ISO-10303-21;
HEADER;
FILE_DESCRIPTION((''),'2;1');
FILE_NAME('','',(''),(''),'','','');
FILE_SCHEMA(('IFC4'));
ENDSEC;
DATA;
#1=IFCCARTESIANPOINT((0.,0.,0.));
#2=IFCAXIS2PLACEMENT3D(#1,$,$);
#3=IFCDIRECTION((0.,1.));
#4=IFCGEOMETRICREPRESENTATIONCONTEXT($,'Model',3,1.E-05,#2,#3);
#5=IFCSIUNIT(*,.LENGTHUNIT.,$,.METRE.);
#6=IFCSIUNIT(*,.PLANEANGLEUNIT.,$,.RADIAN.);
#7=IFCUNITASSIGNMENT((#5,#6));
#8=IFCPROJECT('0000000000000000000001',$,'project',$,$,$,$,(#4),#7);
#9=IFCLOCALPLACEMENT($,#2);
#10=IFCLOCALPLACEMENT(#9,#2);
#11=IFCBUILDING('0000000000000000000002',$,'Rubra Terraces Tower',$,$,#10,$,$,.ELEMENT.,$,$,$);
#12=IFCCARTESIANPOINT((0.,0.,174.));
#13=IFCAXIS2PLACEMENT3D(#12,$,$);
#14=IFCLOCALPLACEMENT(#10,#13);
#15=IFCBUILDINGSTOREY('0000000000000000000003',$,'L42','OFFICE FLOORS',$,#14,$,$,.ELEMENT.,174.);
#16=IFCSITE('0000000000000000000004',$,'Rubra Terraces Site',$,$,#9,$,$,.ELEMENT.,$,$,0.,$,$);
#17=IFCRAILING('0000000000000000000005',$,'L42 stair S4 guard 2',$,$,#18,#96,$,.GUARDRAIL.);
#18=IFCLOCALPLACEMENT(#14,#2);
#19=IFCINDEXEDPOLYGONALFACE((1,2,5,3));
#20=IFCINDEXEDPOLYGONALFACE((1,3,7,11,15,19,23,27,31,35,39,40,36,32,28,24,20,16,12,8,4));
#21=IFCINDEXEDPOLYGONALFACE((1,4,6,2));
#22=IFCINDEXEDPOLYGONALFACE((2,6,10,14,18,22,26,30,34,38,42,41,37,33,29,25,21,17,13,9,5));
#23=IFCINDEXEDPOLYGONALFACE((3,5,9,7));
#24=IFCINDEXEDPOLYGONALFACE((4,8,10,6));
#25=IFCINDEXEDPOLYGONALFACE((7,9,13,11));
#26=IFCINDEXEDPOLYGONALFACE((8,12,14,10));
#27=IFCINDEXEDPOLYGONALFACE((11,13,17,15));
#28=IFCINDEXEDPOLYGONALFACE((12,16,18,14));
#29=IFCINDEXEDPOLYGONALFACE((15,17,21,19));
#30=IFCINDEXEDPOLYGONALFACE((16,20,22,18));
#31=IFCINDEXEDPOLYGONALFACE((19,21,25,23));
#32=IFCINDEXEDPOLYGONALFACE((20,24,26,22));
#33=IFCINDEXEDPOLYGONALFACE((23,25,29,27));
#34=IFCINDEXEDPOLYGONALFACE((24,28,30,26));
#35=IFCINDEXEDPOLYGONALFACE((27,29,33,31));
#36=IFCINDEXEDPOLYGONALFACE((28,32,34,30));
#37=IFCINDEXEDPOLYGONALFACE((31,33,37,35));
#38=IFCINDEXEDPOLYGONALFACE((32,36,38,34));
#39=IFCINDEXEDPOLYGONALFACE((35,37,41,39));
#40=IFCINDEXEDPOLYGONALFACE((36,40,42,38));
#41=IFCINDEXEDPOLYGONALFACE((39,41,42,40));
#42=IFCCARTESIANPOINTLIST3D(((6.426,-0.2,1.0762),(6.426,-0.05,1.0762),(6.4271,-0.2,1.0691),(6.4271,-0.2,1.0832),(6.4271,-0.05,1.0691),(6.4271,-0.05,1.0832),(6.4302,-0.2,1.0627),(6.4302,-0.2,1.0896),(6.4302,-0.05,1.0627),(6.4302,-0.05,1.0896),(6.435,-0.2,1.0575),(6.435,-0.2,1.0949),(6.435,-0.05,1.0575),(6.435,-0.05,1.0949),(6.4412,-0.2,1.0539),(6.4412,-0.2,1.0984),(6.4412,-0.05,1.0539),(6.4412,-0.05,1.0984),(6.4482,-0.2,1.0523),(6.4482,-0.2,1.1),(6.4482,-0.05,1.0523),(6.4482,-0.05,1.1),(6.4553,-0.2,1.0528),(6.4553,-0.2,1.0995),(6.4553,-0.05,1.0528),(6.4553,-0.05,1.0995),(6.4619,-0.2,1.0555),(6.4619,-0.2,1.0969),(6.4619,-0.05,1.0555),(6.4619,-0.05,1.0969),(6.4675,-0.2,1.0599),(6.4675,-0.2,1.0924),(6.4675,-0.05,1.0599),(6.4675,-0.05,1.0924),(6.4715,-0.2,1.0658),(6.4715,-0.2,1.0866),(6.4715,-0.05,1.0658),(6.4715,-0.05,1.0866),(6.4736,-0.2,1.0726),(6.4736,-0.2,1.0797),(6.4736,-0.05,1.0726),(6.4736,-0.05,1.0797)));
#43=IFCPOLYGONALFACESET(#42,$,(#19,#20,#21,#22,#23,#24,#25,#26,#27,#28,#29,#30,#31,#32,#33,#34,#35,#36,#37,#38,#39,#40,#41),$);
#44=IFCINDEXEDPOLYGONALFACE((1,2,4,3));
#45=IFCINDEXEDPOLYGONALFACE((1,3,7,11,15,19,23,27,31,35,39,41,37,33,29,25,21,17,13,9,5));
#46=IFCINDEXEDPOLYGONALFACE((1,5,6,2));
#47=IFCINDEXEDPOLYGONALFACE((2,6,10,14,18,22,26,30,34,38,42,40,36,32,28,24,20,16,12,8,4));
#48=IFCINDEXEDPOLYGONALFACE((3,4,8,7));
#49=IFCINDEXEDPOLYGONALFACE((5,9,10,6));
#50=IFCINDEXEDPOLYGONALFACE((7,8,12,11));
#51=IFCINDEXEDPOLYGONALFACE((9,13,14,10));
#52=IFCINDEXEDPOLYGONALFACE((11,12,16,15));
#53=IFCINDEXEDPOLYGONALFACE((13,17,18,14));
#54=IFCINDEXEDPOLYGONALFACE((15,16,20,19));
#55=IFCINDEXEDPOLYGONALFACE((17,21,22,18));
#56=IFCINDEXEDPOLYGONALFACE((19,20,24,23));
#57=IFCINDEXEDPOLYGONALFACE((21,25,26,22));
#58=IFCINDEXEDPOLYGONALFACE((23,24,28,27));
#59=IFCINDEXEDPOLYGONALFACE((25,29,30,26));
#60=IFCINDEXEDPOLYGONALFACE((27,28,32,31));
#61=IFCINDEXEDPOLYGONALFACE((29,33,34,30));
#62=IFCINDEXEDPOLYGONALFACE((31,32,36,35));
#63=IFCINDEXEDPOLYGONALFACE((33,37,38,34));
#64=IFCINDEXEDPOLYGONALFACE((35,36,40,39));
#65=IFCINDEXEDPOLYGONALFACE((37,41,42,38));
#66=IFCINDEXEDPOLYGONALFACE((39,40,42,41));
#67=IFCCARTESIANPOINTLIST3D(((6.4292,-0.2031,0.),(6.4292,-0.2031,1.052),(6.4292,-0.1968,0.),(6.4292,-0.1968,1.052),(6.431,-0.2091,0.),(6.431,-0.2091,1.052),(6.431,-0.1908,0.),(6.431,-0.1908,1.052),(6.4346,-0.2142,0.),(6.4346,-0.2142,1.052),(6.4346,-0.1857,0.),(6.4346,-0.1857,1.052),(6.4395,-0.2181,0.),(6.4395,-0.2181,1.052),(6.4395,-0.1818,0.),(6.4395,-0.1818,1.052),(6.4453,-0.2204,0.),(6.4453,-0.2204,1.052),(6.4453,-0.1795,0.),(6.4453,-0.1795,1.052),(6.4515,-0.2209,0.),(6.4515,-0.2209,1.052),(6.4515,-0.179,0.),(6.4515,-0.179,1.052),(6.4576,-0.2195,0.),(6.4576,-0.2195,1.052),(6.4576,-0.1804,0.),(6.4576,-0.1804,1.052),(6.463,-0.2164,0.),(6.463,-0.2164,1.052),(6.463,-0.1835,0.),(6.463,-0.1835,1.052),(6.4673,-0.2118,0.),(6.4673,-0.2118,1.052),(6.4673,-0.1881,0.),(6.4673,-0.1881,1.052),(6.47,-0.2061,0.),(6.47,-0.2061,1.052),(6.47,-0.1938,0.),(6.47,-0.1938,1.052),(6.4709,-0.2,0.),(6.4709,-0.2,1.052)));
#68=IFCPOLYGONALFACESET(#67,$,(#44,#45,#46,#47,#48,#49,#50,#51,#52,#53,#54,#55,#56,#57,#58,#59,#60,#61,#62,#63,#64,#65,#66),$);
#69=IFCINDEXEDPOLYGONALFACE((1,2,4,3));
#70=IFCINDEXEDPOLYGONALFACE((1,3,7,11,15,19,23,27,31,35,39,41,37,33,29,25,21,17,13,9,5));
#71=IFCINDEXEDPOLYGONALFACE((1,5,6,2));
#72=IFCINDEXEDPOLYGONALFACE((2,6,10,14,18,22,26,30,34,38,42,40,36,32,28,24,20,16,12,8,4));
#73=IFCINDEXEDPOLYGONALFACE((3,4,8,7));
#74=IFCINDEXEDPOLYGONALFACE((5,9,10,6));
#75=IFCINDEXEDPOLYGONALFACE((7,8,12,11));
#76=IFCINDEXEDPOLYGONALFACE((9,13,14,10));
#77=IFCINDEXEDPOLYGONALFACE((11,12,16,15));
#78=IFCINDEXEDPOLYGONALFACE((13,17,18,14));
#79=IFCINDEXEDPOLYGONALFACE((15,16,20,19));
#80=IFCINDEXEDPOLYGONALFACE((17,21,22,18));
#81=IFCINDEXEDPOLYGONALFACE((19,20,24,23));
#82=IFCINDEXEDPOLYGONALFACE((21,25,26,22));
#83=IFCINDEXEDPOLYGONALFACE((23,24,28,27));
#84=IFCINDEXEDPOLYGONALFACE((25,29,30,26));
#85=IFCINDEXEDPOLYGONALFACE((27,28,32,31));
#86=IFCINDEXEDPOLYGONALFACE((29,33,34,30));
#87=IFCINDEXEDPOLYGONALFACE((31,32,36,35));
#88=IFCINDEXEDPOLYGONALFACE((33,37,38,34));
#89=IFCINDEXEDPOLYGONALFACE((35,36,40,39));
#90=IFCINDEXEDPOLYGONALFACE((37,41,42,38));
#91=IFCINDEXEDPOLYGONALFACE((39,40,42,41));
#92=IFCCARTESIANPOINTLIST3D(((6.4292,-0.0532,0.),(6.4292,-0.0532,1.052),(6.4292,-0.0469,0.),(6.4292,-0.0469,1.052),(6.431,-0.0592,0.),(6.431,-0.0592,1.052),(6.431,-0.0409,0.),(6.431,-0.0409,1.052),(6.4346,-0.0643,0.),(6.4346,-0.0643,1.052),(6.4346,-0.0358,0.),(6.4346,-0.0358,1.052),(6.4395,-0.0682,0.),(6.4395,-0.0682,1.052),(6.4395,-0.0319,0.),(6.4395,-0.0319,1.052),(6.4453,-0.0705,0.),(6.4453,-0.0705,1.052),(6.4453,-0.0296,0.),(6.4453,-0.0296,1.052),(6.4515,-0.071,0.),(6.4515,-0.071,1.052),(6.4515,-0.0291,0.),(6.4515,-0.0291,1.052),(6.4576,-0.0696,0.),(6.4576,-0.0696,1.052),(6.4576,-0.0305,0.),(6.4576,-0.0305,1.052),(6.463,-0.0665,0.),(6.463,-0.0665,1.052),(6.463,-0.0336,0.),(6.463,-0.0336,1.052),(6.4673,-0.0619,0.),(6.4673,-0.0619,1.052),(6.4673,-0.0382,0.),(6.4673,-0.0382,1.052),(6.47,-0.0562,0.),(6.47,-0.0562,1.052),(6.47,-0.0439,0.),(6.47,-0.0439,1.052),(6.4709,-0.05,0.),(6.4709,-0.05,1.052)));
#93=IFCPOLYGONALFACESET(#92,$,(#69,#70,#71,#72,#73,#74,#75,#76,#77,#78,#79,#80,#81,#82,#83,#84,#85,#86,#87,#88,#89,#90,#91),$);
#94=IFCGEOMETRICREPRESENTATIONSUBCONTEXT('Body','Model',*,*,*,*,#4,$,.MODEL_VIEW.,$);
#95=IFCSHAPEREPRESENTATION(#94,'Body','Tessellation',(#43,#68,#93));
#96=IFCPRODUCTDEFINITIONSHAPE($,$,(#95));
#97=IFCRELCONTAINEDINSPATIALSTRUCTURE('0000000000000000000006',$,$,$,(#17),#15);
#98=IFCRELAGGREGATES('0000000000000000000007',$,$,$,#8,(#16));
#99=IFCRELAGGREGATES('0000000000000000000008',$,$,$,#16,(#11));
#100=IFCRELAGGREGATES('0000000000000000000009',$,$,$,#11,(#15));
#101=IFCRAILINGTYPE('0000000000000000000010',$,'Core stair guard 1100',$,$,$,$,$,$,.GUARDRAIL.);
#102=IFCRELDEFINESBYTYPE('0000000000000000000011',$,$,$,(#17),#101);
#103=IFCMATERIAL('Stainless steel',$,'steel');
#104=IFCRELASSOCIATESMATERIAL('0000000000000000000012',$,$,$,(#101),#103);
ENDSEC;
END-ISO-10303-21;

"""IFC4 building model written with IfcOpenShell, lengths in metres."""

from ifc_helpers import new_model, si_unit, direction, frame, origin, origin_2d, place, context, subcontext, project, spatial, circle, extrude, material, type_object, element, save


model = new_model("IFC4")

# Units and contexts
model_context = context("Model", 3, precision=1e-05, world=origin(), true_north=direction((0.0, 1.0)))
body_context = subcontext(model_context, "Body", "Model", "MODEL_VIEW")
ifc_project = project(units=[si_unit("LENGTHUNIT", "METRE"), si_unit("PLANEANGLEUNIT", "RADIAN")], contexts=[model_context])

# Site, building, storey
site_placement = place(None, origin())
site = spatial("IfcSite", under=ifc_project, at=site_placement, Name="Rubra Terraces Site", CompositionType="ELEMENT", RefElevation=0.0)
building_placement = place(site_placement, origin())
building = spatial("IfcBuilding", under=site, at=building_placement, Name="Rubra Terraces Tower", CompositionType="ELEMENT")
storey_placement = place(building_placement, frame((0.0, 0.0, 174.0)))
storey = spatial("IfcBuildingStorey", under=building, at=storey_placement, Name="L42", Description="OFFICE FLOORS", CompositionType="ELEMENT", Elevation=174.0)

# Railing
ifc_material_1 = material(Name="Stainless steel", Category="steel")
railing_type_1 = type_object("IfcRailingType", Name="Core stair guard 1100", PredefinedType="GUARDRAIL", material=ifc_material_1)
railing_1_placement = place(storey_placement, frame((6.45, -0.2, 0.0)))
element("IfcRailing", 1, at=railing_1_placement, inside=storey, type_object=railing_type_1, Name="L42 stair S4 guard 2", PredefinedType="GUARDRAIL", context=body_context, shape_type="SweptSolid", body=[
    extrude(circle(Radius=0.0239, at=origin_2d()), frame((0.0, 0.0, 1.0762), z_axis=(0.0, 1.0, 0.0), x_axis=(-1.0, 0.0, 0.0)), (0.0, 0.0, 1.0), 0.1499),
    extrude(circle(Radius=0.021, at=origin_2d()), origin(), (0.0, 0.0, 1.0), 1.052),
    extrude(circle(Radius=0.021, at=origin_2d()), frame((0.0, 0.1499, 0.0)), (0.0, 0.0, 1.0), 1.052),
])

save(model, "model.ifc")
